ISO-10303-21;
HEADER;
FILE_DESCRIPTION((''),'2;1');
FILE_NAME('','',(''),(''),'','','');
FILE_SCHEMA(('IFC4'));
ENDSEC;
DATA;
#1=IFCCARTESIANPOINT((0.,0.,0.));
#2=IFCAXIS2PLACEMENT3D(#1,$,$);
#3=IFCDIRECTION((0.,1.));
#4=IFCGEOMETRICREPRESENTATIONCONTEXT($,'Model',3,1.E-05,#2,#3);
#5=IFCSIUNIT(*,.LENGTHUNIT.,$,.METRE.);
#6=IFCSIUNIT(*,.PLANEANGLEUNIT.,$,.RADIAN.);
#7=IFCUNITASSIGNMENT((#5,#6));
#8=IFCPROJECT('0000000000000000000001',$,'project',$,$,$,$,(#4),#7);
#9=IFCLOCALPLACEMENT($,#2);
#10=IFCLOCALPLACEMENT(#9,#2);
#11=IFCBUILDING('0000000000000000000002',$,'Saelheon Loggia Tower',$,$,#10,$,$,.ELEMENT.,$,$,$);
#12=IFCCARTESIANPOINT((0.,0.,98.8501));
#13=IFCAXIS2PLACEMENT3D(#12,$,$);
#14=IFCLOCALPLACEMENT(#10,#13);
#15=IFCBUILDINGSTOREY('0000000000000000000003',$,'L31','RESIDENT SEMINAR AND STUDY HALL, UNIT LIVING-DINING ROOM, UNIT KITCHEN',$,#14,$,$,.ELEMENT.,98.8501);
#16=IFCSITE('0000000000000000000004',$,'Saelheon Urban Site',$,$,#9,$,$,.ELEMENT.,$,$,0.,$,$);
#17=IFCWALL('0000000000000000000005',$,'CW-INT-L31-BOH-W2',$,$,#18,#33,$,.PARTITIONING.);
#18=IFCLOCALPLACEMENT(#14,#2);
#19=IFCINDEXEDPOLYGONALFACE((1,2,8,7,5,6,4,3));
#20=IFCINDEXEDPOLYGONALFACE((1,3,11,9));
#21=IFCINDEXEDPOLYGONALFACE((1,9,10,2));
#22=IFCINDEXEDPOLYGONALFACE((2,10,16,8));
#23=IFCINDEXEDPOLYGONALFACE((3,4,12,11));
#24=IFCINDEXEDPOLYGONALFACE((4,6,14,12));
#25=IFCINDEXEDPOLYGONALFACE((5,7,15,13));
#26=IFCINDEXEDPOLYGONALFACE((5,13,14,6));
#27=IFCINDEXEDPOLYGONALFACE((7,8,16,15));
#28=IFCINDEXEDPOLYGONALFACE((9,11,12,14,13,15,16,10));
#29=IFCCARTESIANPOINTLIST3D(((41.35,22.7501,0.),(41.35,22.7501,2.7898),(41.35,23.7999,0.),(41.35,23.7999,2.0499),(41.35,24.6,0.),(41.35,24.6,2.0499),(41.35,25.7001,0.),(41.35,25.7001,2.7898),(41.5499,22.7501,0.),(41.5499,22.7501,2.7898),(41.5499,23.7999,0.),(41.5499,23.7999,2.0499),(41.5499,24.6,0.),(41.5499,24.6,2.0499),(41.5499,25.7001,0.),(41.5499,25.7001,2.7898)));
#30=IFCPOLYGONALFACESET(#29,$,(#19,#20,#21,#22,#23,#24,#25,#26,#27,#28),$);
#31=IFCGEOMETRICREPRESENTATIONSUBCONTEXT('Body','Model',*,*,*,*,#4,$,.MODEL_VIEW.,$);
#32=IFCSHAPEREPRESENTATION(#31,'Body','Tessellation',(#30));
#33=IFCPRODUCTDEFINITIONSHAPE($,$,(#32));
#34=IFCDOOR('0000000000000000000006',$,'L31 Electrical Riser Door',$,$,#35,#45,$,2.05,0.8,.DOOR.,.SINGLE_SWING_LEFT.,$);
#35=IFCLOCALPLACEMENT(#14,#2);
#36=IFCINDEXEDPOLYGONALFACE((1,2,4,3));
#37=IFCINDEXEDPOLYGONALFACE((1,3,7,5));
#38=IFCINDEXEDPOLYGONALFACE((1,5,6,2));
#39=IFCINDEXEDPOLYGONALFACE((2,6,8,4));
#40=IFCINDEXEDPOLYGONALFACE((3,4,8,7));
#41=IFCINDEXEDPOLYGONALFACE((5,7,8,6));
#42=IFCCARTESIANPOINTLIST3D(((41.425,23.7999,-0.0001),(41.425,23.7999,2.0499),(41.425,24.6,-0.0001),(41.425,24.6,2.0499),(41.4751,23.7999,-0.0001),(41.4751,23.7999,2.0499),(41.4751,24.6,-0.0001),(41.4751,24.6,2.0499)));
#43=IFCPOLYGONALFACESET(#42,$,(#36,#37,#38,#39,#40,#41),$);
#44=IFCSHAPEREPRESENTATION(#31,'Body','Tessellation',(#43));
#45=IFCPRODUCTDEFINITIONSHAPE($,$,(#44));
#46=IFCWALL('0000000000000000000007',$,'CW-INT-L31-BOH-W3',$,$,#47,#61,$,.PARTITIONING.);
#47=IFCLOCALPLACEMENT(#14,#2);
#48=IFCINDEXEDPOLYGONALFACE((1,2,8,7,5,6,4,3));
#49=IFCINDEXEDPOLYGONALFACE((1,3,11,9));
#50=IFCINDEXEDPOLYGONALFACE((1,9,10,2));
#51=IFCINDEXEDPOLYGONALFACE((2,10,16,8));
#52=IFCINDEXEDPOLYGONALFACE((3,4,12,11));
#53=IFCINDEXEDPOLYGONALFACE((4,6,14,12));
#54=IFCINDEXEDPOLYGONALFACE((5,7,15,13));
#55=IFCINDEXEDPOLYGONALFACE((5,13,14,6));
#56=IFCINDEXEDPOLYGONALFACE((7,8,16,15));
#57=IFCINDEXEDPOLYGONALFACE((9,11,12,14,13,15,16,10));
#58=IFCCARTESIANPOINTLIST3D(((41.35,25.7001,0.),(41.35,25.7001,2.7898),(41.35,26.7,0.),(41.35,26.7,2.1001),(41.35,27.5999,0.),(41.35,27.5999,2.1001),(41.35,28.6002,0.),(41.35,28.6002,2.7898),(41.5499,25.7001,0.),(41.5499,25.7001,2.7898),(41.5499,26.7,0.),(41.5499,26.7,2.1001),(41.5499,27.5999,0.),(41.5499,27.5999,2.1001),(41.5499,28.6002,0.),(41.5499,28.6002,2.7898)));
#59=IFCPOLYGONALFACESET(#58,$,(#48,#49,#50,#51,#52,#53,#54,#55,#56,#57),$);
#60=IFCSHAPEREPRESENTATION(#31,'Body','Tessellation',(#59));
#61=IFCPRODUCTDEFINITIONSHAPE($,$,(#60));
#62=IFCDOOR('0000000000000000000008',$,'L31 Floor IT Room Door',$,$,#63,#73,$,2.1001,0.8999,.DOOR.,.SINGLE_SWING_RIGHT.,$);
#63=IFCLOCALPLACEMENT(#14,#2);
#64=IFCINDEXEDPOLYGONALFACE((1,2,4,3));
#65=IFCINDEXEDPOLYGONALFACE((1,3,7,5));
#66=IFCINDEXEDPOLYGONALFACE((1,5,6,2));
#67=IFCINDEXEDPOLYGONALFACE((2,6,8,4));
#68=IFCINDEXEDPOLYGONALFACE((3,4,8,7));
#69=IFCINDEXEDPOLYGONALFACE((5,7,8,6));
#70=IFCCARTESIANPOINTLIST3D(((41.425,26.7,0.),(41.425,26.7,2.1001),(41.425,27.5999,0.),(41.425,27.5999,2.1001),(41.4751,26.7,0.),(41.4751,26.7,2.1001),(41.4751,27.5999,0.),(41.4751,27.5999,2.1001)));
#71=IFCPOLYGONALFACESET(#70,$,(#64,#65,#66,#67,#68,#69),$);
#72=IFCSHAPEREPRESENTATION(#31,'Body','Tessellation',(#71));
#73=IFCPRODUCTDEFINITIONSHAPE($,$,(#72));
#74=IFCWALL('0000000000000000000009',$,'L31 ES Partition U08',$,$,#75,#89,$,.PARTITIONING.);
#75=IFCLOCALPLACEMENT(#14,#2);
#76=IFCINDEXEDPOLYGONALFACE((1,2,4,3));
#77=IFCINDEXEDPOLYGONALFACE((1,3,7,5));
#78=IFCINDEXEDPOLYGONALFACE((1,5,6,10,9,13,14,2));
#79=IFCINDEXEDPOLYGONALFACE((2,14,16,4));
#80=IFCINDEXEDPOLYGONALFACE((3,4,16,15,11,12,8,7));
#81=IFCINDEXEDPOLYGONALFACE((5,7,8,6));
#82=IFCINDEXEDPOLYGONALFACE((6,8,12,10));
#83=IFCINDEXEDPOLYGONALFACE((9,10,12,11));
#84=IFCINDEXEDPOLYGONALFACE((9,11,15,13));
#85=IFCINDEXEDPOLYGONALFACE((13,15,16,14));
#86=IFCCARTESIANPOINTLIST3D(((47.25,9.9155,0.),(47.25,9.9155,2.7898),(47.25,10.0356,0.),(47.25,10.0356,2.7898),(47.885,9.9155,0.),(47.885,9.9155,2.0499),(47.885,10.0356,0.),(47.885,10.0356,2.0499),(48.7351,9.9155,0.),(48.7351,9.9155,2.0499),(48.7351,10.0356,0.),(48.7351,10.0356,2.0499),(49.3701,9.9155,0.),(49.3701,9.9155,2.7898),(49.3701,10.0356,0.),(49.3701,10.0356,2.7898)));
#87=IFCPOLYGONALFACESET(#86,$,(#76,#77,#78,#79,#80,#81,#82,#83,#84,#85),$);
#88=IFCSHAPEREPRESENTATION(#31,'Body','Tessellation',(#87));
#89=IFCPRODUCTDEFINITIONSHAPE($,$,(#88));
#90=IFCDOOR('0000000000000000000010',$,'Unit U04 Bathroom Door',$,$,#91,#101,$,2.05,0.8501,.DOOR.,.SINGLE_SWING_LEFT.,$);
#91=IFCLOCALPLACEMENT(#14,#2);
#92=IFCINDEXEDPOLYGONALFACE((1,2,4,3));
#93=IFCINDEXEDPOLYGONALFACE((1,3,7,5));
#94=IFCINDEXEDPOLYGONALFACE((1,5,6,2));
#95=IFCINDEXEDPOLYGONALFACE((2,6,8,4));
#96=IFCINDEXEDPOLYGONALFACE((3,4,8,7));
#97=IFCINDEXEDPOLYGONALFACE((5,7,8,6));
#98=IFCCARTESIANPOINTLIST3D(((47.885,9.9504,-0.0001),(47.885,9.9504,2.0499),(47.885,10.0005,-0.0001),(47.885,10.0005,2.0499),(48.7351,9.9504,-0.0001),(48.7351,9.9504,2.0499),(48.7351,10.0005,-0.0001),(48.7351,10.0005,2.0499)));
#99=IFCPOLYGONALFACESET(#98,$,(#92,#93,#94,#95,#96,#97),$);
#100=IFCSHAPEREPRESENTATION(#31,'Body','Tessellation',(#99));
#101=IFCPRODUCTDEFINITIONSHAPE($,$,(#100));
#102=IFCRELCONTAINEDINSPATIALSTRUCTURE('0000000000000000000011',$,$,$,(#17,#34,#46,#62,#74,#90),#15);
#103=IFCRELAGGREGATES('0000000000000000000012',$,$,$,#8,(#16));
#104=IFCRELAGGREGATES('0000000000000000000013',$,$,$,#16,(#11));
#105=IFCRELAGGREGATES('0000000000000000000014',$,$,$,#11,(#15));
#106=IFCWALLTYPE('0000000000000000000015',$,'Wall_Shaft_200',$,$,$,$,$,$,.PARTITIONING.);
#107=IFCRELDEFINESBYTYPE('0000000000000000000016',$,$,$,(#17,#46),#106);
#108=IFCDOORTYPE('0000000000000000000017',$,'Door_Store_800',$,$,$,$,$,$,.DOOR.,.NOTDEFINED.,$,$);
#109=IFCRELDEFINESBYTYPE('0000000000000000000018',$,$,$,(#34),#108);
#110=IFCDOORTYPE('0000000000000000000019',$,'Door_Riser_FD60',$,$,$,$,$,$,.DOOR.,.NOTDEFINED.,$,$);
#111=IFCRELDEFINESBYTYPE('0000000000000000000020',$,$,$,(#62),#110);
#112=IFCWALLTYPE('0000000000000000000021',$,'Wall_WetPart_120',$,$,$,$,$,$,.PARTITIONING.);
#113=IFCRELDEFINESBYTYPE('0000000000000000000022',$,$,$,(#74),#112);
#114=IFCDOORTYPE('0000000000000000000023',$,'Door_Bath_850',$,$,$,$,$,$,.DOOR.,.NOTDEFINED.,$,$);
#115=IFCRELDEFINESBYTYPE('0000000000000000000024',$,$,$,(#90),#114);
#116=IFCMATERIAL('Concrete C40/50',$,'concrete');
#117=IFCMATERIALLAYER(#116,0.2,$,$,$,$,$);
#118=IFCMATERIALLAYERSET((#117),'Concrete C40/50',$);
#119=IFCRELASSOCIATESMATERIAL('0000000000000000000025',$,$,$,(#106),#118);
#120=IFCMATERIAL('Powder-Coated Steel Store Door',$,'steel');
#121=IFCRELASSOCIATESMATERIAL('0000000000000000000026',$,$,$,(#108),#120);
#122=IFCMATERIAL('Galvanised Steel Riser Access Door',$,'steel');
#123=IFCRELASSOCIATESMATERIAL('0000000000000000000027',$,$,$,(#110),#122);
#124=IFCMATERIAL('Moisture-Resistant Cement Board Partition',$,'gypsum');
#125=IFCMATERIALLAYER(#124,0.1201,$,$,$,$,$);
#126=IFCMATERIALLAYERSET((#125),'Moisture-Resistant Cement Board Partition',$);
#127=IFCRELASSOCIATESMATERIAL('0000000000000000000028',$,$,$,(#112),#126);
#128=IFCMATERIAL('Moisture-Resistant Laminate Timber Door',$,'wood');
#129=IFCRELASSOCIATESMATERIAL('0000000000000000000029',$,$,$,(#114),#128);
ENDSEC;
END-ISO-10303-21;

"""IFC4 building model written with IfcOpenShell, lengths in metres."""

from ifc_helpers import new_model, si_unit, direction, frame, frame_2d, origin, place, context, subcontext, project, spatial, rectangle, extrude, source, transform, mapped, material, layer, layer_set, type_object, element, fill, save


model = new_model("IFC4")

# Units and contexts
model_context = context("Model", 3, precision=1e-05, world=origin(), true_north=direction((0.0, 1.0)))
body_context = subcontext(model_context, "Body", "Model", "MODEL_VIEW")
ifc_project = project(units=[si_unit("LENGTHUNIT", "METRE"), si_unit("PLANEANGLEUNIT", "RADIAN")], contexts=[model_context])

# Site, building, storey
site_placement = place(None, origin())
site = spatial("IfcSite", under=ifc_project, at=site_placement, Name="Saelheon Urban Site", CompositionType="ELEMENT", RefElevation=0.0)
building_placement = place(site_placement, origin())
building = spatial("IfcBuilding", under=site, at=building_placement, Name="Saelheon Loggia Tower", CompositionType="ELEMENT")
storey_placement = place(building_placement, frame((0.0, 0.0, 98.8501)))
storey = spatial("IfcBuildingStorey", under=building, at=storey_placement, Name="L31", Description="RESIDENT SEMINAR AND STUDY HALL, UNIT LIVING-DINING ROOM, UNIT KITCHEN", CompositionType="ELEMENT", Elevation=98.8501)

# Shared definitions
ifc_material_1 = material(Name="Concrete C40/50", Category="concrete")

# Shared definitions
shared_shape_1 = source(origin(), body_context, "Body", "SweptSolid", [
    extrude(rectangle(XDim=0.8999, YDim=2.1001, at=frame_2d((0.45, 1.05))), frame((0.0, 0.0249, 0.0), z_axis=(0.0, -1.0, 0.0), x_axis=(1.0, 0.0, 0.0)), (0.0, 0.0, 1.0), 0.05),
])

# Shared definitions
ifc_layer_1 = layer(ifc_material_1, 0.2)
ifc_layer_set_1 = layer_set([ifc_layer_1], Name="Concrete C40/50")
wall_type_1 = type_object("IfcWallType", Name="Wall_Shaft_200", PredefinedType="PARTITIONING", material=ifc_layer_set_1)

# Walls, openings, doors
ifc_material_2 = material(Name="Powder-Coated Steel Store Door", Category="steel")
door_type_1 = type_object("IfcDoorType", Name="Door_Store_800", OperationType="NOTDEFINED", PredefinedType="DOOR", material=ifc_material_2)
shared_shape_2 = source(origin(), body_context, "Body", "SweptSolid", [
    extrude(rectangle(XDim=0.8, YDim=2.05, at=frame_2d((0.3999, 1.0249))), frame((0.0, 0.0249, 0.0), z_axis=(0.0, -1.0, 0.0), x_axis=(1.0, 0.0, 0.0)), (0.0, 0.0, 1.0), 0.05),
])
wall_1_placement = place(storey_placement, frame((41.45, 22.75, 0.0), z_axis=(0.0, 0.0, 1.0), x_axis=(0.0, 1.0, 0.0)))
wall_1 = element("IfcWall", 1, at=wall_1_placement, inside=storey, type_object=wall_type_1, Name="CW-INT-L31-BOH-W2", PredefinedType="PARTITIONING", context=body_context, shape_type="SweptSolid", body=[
    extrude(rectangle(XDim=2.95, YDim=0.2, at=frame_2d((1.4751, 0.0))), origin(), (0.0, 0.0, 1.0), 2.7898),
])
opening_1_placement = place(wall_1_placement, frame((1.05, 0.0, 0.0)))
opening_1 = element("IfcOpeningElement", 2, at=opening_1_placement, cuts=wall_1, PredefinedType="OPENING", context=body_context, shape_type="SweptSolid", body=[
    extrude(rectangle(XDim=0.8, YDim=2.05, at=frame_2d((0.3999, 1.0249))), frame((0.0, 0.1121, 0.0), z_axis=(0.0, -1.0, 0.0), x_axis=(1.0, 0.0, 0.0)), (0.0, 0.0, 1.0), 0.2239),
])
door_1_placement = place(opening_1_placement, origin())
door_1 = element("IfcDoor", 3, at=door_1_placement, inside=storey, type_object=door_type_1, Name="L31 Electrical Riser Door", OperationType="SINGLE_SWING_LEFT", OverallHeight=2.05, OverallWidth=0.8, PredefinedType="DOOR", context=body_context, shape_type="MappedRepresentation", body=[
    mapped(shared_shape_2, transform((0.0, 0.0, 0.0), scale=1.0)),
])
fill(opening_1, door_1)
wall_2_placement = place(storey_placement, frame((41.45, 25.7, 0.0), z_axis=(0.0, 0.0, 1.0), x_axis=(0.0, 1.0, 0.0)))
wall_2 = element("IfcWall", 4, at=wall_2_placement, inside=storey, type_object=wall_type_1, Name="CW-INT-L31-BOH-W3", PredefinedType="PARTITIONING", context=body_context, shape_type="SweptSolid", body=[
    extrude(rectangle(XDim=2.9001, YDim=0.2, at=frame_2d((1.4502, 0.0))), origin(), (0.0, 0.0, 1.0), 2.7898),
])
opening_2_placement = place(wall_2_placement, frame((1.0, 0.0, 0.0)))
opening_2 = element("IfcOpeningElement", 5, at=opening_2_placement, cuts=wall_2, PredefinedType="OPENING", context=body_context, shape_type="SweptSolid", body=[
    extrude(rectangle(XDim=0.8999, YDim=2.1001, at=frame_2d((0.45, 1.05))), frame((0.0, 0.1121, 0.0), z_axis=(0.0, -1.0, 0.0), x_axis=(1.0, 0.0, 0.0)), (0.0, 0.0, 1.0), 0.2239),
])
ifc_material_3 = material(Name="Galvanised Steel Riser Access Door", Category="steel")
door_type_2 = type_object("IfcDoorType", Name="Door_Riser_FD60", OperationType="NOTDEFINED", PredefinedType="DOOR", material=ifc_material_3)
door_2_placement = place(opening_2_placement, origin())
door_2 = element("IfcDoor", 6, at=door_2_placement, inside=storey, type_object=door_type_2, Name="L31 Floor IT Room Door", OperationType="SINGLE_SWING_RIGHT", OverallHeight=2.1001, OverallWidth=0.8999, PredefinedType="DOOR", context=body_context, shape_type="MappedRepresentation", body=[
    mapped(shared_shape_1, transform((0.0, 0.0, 0.0), scale=1.0)),
])
fill(opening_2, door_2)
ifc_material_4 = material(Name="Moisture-Resistant Cement Board Partition", Category="gypsum")
ifc_layer_2 = layer(ifc_material_4, 0.1201)
ifc_layer_set_2 = layer_set([ifc_layer_2], Name="Moisture-Resistant Cement Board Partition")
wall_type_2 = type_object("IfcWallType", Name="Wall_WetPart_120", PredefinedType="PARTITIONING", material=ifc_layer_set_2)
wall_3_placement = place(storey_placement, frame((47.25, 9.9756, 0.0), z_axis=(0.0, 0.0, 1.0), x_axis=(1.0, 0.0, 0.0)))
wall_3 = element("IfcWall", 7, at=wall_3_placement, inside=storey, type_object=wall_type_2, Name="L31 ES Partition U08", PredefinedType="PARTITIONING", context=body_context, shape_type="SweptSolid", body=[
    extrude(rectangle(XDim=2.1201, YDim=0.1201, at=frame_2d((1.0601, 0.0))), origin(), (0.0, 0.0, 1.0), 2.7898),
])
opening_3_placement = place(wall_3_placement, frame((0.635, 0.0, 0.0)))
opening_3 = element("IfcOpeningElement", 8, at=opening_3_placement, cuts=wall_3, PredefinedType="OPENING", context=body_context, shape_type="SweptSolid", body=[
    extrude(rectangle(XDim=0.8501, YDim=2.05, at=frame_2d((0.425, 1.0249))), frame((0.0, 0.072, 0.0), z_axis=(0.0, -1.0, 0.0), x_axis=(1.0, 0.0, 0.0)), (0.0, 0.0, 1.0), 0.144),
])
ifc_material_5 = material(Name="Moisture-Resistant Laminate Timber Door", Category="wood")
door_type_3 = type_object("IfcDoorType", Name="Door_Bath_850", OperationType="NOTDEFINED", PredefinedType="DOOR", material=ifc_material_5)
shared_shape_3 = source(origin(), body_context, "Body", "SweptSolid", [
    extrude(rectangle(XDim=0.8501, YDim=2.05, at=frame_2d((0.425, 1.0249))), frame((0.0, 0.0249, 0.0), z_axis=(0.0, -1.0, 0.0), x_axis=(1.0, 0.0, 0.0)), (0.0, 0.0, 1.0), 0.05),
])
door_3_placement = place(opening_3_placement, origin())
door_3 = element("IfcDoor", 9, at=door_3_placement, inside=storey, type_object=door_type_3, Name="Unit U04 Bathroom Door", OperationType="SINGLE_SWING_LEFT", OverallHeight=2.05, OverallWidth=0.8501, PredefinedType="DOOR", context=body_context, shape_type="MappedRepresentation", body=[
    mapped(shared_shape_3, transform((0.0, 0.0, 0.0), scale=1.0)),
])
fill(opening_3, door_3)

save(model, "model.ifc")
